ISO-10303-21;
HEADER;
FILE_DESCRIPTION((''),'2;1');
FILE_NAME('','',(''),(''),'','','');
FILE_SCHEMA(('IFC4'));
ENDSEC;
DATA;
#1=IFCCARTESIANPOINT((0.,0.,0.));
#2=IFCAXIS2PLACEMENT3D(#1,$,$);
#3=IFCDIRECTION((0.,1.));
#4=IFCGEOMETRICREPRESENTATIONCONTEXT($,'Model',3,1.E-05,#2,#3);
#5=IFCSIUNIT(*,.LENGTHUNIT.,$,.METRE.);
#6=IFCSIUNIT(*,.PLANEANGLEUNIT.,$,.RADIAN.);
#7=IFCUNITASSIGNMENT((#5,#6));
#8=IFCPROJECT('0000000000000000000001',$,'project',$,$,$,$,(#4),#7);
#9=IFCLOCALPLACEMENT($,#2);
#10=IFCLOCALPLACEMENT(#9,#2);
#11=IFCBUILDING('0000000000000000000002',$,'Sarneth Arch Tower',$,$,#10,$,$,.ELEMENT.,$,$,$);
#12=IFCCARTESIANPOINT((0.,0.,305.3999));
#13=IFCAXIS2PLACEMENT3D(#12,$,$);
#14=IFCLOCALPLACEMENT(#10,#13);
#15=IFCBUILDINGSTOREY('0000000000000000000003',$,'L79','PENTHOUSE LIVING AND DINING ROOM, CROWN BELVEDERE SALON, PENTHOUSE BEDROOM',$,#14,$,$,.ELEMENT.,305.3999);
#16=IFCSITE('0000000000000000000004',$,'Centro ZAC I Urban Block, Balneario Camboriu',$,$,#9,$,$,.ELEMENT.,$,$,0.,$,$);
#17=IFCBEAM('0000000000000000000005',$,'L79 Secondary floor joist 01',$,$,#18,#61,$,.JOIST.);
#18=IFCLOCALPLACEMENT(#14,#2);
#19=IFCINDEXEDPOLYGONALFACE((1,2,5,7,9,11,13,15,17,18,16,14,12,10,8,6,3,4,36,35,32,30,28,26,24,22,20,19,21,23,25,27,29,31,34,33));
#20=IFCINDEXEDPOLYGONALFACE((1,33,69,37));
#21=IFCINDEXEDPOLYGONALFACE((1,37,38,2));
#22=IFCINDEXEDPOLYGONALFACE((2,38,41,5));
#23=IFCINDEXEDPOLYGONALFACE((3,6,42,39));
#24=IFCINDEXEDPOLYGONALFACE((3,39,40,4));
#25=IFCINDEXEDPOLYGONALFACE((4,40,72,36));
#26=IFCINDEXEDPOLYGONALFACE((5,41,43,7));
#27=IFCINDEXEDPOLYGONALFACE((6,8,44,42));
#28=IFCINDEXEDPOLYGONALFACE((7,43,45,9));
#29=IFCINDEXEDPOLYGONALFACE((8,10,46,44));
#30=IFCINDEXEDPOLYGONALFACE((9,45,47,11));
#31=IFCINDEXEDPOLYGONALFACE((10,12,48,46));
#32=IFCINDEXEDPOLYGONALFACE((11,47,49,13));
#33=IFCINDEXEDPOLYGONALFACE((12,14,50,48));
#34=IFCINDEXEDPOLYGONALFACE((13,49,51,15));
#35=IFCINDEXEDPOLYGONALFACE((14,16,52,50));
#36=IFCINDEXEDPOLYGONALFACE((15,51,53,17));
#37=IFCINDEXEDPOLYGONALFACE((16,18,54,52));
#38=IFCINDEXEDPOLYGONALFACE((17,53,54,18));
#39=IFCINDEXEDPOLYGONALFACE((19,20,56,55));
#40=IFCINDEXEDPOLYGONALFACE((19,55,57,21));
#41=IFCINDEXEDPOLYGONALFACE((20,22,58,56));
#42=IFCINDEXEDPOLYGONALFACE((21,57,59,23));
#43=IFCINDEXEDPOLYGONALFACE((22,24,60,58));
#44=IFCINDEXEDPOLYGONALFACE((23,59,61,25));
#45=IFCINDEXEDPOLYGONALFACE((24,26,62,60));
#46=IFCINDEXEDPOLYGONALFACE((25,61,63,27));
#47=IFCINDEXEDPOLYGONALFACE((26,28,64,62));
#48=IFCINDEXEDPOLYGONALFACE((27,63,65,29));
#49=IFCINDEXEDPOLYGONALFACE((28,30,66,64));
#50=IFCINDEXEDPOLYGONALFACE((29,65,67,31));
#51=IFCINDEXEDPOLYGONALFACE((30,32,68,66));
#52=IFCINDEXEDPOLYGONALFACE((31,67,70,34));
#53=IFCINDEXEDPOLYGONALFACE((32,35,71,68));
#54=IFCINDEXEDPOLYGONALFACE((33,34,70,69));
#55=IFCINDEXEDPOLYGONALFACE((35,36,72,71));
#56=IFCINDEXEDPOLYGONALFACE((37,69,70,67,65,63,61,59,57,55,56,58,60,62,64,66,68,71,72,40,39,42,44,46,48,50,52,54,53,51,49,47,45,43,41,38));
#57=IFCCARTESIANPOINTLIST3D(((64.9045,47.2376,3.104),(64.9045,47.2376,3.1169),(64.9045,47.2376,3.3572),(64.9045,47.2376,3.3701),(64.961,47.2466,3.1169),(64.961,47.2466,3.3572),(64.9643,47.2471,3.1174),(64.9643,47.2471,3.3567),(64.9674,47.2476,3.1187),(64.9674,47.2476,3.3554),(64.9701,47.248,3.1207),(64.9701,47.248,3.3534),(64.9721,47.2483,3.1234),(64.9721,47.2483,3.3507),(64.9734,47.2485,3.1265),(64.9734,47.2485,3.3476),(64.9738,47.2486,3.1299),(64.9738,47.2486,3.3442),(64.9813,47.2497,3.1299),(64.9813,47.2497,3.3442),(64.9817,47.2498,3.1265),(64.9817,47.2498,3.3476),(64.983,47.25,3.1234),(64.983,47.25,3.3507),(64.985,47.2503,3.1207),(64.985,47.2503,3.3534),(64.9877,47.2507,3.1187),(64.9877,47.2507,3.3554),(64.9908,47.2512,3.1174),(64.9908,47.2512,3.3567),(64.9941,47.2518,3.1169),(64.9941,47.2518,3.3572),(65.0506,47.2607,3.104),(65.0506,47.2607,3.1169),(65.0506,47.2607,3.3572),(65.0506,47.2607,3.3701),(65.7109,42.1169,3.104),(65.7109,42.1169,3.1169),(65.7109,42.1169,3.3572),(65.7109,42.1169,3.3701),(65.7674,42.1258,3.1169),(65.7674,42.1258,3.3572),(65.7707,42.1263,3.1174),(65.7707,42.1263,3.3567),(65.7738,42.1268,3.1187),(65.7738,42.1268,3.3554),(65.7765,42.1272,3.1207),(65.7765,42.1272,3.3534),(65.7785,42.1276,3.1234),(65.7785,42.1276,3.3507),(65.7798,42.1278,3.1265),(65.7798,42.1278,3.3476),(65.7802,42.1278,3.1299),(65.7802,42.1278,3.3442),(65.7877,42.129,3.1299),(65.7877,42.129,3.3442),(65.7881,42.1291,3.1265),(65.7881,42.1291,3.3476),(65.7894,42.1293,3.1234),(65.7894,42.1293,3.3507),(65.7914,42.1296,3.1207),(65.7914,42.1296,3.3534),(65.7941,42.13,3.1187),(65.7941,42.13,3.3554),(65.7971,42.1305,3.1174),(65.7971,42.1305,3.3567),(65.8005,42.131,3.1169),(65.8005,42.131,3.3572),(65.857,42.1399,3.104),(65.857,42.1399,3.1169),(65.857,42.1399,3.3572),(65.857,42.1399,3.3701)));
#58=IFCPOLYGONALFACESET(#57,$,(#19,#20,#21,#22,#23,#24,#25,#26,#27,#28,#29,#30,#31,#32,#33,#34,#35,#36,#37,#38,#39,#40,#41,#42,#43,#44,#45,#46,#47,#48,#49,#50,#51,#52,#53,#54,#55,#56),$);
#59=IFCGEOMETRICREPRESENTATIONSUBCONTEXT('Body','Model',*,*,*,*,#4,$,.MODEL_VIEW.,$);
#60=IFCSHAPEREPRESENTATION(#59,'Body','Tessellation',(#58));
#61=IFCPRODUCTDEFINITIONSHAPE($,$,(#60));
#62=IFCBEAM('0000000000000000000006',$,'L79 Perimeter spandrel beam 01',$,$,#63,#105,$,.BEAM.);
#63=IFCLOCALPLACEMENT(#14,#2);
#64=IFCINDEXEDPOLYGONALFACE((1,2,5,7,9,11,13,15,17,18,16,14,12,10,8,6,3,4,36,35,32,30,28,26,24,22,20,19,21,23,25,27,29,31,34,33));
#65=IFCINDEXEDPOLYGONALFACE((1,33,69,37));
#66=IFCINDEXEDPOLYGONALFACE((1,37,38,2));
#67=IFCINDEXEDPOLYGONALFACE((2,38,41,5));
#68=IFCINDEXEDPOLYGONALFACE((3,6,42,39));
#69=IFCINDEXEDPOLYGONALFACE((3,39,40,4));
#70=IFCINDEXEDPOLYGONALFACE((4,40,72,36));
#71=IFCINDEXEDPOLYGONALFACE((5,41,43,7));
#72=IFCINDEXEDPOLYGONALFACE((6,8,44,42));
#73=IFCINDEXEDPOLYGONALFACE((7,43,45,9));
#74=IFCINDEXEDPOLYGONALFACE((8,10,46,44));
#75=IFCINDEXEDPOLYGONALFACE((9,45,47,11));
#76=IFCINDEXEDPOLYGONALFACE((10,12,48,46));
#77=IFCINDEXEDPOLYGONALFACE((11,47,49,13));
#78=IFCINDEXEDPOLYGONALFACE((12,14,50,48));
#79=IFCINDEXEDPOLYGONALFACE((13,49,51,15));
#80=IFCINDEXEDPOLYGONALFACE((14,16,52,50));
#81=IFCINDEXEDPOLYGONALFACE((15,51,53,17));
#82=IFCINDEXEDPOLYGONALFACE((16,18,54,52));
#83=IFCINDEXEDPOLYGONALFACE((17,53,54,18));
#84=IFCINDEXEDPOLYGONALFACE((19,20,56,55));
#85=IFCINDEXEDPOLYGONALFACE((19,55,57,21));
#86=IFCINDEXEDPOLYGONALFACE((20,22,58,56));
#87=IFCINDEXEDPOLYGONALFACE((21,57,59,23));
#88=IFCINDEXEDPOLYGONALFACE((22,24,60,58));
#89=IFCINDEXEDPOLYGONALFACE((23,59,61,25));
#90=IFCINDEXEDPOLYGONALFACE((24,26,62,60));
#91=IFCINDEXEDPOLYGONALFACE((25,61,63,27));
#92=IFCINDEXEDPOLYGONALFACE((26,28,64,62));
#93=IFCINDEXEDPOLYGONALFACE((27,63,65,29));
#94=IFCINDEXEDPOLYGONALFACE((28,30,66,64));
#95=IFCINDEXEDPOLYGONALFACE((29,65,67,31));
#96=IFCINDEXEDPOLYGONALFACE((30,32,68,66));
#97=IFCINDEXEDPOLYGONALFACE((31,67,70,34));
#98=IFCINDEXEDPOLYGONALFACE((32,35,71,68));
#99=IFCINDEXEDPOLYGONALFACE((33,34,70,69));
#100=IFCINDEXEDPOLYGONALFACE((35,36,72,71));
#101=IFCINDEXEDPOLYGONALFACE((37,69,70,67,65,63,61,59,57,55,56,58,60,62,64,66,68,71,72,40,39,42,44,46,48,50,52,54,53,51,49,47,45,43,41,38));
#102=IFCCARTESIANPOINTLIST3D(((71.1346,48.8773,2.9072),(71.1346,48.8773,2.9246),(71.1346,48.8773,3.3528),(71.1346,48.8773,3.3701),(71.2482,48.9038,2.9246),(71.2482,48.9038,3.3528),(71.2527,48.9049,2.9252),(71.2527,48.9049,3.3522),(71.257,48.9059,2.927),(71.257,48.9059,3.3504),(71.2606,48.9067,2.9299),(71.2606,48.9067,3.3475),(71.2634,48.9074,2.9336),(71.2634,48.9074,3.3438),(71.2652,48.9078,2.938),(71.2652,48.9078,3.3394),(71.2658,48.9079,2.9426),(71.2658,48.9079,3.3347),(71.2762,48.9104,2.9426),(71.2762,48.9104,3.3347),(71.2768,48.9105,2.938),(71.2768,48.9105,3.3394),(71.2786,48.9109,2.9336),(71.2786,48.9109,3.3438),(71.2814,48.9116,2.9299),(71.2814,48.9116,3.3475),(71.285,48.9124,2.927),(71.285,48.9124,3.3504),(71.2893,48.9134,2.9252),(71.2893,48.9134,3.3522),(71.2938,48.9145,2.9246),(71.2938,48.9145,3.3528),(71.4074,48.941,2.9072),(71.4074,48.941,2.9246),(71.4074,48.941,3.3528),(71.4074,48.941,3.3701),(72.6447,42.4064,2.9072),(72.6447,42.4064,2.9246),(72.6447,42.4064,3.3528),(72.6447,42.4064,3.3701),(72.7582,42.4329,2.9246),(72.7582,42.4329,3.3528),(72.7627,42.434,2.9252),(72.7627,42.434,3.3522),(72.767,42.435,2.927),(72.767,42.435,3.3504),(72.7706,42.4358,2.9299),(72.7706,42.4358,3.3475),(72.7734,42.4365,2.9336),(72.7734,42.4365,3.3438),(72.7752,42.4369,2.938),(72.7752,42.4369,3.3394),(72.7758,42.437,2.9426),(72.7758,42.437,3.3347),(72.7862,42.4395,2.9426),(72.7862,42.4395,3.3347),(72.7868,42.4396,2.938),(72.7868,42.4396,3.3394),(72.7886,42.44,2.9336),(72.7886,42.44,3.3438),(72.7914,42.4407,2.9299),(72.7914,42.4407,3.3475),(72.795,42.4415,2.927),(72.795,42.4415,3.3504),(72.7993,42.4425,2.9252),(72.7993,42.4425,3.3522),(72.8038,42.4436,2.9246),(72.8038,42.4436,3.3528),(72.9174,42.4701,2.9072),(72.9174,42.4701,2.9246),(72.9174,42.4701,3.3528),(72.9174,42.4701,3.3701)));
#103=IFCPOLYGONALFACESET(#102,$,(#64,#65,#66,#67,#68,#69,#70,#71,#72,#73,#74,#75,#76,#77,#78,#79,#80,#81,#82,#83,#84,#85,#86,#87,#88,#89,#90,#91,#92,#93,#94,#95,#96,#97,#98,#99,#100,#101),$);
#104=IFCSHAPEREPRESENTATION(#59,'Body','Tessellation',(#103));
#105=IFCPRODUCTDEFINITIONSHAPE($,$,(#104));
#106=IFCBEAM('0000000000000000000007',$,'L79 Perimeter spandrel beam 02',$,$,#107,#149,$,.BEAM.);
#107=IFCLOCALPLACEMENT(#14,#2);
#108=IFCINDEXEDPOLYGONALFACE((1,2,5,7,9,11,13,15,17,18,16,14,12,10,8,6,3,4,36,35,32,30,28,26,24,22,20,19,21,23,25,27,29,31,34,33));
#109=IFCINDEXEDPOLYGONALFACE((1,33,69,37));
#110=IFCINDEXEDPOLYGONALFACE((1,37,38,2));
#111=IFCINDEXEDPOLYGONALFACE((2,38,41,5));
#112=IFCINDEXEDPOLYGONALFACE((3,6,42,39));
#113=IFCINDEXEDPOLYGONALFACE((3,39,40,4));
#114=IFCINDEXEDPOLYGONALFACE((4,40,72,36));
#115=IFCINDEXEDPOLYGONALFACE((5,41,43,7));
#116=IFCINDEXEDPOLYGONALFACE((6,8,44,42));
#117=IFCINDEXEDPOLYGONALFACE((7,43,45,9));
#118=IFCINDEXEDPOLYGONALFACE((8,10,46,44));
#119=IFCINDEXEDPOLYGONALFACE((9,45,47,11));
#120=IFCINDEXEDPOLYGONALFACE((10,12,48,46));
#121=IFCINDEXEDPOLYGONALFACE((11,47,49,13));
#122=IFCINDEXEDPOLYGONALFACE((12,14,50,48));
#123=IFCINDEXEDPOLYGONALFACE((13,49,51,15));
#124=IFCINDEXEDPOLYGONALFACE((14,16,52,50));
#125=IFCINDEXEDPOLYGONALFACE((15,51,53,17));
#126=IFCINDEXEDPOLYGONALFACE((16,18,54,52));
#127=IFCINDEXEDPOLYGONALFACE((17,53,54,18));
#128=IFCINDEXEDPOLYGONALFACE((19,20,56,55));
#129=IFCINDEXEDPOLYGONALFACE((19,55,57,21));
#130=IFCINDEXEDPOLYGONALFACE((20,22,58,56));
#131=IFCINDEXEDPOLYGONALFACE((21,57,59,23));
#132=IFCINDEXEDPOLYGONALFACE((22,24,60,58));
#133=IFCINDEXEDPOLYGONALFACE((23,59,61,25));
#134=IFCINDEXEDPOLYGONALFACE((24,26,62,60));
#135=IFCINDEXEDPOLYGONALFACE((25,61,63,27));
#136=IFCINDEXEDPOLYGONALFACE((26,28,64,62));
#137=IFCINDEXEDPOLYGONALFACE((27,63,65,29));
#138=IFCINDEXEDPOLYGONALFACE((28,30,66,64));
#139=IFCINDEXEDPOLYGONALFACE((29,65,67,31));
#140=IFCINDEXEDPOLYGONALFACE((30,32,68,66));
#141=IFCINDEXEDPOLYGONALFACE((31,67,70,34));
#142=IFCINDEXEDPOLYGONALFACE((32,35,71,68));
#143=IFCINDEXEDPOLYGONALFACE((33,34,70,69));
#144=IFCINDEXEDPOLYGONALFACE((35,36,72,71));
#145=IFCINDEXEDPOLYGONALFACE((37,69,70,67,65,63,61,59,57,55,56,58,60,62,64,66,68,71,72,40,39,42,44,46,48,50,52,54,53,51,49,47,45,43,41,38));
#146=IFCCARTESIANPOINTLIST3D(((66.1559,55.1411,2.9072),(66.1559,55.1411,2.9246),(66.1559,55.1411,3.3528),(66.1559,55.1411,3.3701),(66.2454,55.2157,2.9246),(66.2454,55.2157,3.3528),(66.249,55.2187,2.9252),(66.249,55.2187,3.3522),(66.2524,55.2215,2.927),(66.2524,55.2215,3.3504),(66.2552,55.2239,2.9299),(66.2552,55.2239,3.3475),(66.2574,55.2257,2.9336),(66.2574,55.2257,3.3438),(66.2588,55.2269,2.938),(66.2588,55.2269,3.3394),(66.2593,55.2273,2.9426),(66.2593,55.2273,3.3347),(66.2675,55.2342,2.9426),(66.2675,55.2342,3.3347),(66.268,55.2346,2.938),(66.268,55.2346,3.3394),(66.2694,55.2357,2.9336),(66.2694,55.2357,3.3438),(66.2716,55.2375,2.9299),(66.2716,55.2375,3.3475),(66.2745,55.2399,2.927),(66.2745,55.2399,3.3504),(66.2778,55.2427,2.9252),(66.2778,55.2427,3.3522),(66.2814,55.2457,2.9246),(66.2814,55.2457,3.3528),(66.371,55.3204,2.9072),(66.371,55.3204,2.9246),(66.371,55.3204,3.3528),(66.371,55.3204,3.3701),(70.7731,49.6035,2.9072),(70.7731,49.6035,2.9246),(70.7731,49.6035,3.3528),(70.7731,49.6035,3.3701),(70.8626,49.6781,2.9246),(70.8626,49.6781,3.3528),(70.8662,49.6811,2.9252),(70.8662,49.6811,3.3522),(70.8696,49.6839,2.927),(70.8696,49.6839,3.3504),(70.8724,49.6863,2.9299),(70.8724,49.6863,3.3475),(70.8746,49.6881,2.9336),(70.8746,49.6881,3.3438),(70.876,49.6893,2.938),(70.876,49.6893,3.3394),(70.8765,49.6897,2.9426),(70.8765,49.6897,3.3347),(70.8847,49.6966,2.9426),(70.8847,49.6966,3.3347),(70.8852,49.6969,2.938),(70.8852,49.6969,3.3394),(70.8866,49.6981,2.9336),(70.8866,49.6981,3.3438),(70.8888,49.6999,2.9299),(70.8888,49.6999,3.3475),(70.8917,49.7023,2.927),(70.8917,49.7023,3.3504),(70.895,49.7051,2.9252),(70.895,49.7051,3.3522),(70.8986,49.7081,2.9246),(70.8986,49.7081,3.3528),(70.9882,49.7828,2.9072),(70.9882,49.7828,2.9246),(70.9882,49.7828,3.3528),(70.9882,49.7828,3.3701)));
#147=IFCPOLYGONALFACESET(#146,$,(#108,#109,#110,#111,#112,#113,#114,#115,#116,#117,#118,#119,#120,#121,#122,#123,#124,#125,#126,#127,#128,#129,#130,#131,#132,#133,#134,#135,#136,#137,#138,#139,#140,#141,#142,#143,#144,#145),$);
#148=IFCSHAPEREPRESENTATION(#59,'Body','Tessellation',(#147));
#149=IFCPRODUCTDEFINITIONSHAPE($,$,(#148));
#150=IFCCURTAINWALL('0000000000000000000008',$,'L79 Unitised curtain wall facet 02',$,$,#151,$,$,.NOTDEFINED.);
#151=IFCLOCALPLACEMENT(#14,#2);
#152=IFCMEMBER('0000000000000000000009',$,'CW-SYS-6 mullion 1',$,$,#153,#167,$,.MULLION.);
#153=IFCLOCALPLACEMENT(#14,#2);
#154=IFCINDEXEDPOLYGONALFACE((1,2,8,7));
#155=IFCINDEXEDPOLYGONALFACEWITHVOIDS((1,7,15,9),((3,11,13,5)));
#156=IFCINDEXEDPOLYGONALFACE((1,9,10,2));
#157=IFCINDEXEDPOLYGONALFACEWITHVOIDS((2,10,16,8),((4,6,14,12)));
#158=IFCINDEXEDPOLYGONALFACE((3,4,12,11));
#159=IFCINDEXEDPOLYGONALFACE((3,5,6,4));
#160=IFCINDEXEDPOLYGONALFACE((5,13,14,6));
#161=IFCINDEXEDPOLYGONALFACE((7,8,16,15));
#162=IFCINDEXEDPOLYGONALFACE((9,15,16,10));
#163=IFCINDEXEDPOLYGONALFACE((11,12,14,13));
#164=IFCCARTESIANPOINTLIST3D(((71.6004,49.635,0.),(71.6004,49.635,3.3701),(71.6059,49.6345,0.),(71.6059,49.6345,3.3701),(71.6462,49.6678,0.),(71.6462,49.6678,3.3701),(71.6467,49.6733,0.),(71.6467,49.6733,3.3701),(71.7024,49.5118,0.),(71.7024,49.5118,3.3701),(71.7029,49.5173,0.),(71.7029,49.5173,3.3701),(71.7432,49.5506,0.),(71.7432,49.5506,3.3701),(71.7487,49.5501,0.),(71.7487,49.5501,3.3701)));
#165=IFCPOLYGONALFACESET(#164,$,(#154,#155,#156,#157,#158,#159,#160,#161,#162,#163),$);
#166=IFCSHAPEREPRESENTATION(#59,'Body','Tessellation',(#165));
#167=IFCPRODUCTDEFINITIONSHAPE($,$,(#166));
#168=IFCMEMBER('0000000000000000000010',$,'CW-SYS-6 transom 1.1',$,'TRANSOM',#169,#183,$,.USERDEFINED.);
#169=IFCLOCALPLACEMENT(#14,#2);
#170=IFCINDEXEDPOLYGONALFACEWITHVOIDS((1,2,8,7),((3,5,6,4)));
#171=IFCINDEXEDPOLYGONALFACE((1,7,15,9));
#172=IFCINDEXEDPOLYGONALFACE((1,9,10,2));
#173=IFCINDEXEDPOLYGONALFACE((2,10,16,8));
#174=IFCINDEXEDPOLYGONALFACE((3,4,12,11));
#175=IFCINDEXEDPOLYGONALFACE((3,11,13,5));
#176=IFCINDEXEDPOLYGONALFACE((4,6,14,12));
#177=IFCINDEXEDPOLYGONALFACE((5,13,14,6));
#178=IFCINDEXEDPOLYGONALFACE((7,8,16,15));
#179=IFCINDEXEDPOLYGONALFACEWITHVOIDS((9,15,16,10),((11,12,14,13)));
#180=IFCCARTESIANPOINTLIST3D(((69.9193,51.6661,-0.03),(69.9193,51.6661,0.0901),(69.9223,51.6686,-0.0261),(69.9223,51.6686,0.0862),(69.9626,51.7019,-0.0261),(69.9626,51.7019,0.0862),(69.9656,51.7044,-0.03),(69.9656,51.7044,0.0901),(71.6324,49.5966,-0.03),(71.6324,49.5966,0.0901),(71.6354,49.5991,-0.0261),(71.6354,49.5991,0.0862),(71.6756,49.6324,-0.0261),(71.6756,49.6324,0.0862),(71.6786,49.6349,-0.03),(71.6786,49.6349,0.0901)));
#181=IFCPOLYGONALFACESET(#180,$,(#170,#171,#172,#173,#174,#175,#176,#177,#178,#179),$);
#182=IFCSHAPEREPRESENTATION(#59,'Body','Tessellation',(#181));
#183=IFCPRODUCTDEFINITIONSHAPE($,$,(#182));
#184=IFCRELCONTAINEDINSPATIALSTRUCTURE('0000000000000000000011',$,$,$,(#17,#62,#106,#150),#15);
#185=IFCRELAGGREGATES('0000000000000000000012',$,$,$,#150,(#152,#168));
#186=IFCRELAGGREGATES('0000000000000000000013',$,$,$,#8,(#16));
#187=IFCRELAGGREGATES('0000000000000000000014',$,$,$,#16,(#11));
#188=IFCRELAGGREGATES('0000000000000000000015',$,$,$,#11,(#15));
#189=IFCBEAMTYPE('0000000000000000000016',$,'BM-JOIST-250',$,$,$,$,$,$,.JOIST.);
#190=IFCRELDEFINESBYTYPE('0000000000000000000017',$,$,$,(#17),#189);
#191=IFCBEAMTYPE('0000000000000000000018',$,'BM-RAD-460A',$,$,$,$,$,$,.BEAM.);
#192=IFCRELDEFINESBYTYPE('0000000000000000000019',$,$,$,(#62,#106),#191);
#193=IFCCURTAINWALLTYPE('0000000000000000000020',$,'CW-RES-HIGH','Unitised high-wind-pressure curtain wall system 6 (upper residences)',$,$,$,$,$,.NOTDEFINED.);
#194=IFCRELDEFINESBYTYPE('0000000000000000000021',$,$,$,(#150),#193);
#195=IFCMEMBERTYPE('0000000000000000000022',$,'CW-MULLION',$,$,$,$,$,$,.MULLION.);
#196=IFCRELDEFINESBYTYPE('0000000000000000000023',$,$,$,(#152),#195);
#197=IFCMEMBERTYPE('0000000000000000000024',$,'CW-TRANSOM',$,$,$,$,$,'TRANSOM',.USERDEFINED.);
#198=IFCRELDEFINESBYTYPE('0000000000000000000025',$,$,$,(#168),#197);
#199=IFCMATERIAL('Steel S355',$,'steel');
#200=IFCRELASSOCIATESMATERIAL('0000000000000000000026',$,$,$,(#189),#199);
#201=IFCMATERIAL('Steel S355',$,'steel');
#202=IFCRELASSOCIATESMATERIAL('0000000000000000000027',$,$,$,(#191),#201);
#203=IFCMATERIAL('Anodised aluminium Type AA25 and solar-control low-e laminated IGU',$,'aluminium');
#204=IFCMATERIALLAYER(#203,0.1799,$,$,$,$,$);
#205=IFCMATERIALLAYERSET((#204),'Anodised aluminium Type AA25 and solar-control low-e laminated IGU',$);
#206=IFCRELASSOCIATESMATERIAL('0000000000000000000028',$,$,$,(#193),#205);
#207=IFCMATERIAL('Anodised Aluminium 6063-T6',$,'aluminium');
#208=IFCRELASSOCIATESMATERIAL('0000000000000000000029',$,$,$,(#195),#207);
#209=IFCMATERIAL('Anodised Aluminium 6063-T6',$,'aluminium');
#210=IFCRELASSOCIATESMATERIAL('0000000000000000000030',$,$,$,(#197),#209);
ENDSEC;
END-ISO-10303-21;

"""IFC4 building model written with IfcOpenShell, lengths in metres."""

from ifc_helpers import new_model, si_unit, direction, frame, origin, origin_2d, place, context, subcontext, project, spatial, hollow_rectangle, i_section, extrude, material, layer, layer_set, material_profile, profile_set, type_object, element, aggregate, save


model = new_model("IFC4")

# Units and contexts
model_context = context("Model", 3, precision=1e-05, world=origin(), true_north=direction((0.0, 1.0)))
body_context = subcontext(model_context, "Body", "Model", "MODEL_VIEW")
ifc_project = project(units=[si_unit("LENGTHUNIT", "METRE"), si_unit("PLANEANGLEUNIT", "RADIAN")], contexts=[model_context])

# Site, building, storey
site_placement = place(None, origin())
site = spatial("IfcSite", under=ifc_project, at=site_placement, Name="Centro ZAC I Urban Block, Balneario Camboriu", CompositionType="ELEMENT", RefElevation=0.0)
building_placement = place(site_placement, origin())
building = spatial("IfcBuilding", under=site, at=building_placement, Name="Sarneth Arch Tower", CompositionType="ELEMENT")
storey_placement = place(building_placement, frame((0.0, 0.0, 305.3999)))
storey = spatial("IfcBuildingStorey", under=building, at=storey_placement, Name="L79", Description="PENTHOUSE LIVING AND DINING ROOM, CROWN BELVEDERE SALON, PENTHOUSE BEDROOM", CompositionType="ELEMENT", Elevation=305.3999)

# Beams
ifc_material_1 = material(Name="Steel S355", Category="steel")
ifc_material_profile_1 = material_profile(ifc_material_1, i_section(OverallWidth=0.1479, OverallDepth=0.2661, WebThickness=0.0076, FlangeThickness=0.0129, FilletRadius=0.0129, at=origin_2d()), Name="W250x44.8")
ifc_profile_set_1 = profile_set([ifc_material_profile_1], Name="Steel S355")
beam_type_1 = type_object("IfcBeamType", Name="BM-JOIST-250", PredefinedType="JOIST", material=ifc_profile_set_1)
beam_1_placement = place(storey_placement, frame((65.7839, 42.1284, 3.2371), z_axis=(-0.155556, 0.987827, 0.0), x_axis=(-0.987827, -0.155556, 0.0)))
element("IfcBeam", 1, at=beam_1_placement, inside=storey, type_object=beam_type_1, Name="L79 Secondary floor joist 01", PredefinedType="JOIST", context=body_context, shape_type="SweptSolid", body=[
    extrude(i_section(OverallWidth=0.1479, OverallDepth=0.2661, WebThickness=0.0076, FlangeThickness=0.0129, FilletRadius=0.0129, at=origin_2d()), origin(), (0.0, 0.0, 1.0), 5.1838),
])
ifc_material_2 = material(Name="Steel S355", Category="steel")
ifc_material_profile_2 = material_profile(ifc_material_2, i_section(OverallWidth=0.28, OverallDepth=0.4629, WebThickness=0.0107, FlangeThickness=0.0173, FilletRadius=0.0181, at=origin_2d()), Name="W460x113")
ifc_profile_set_2 = profile_set([ifc_material_profile_2], Name="Steel S355")
beam_type_2 = type_object("IfcBeamType", Name="BM-RAD-460A", PredefinedType="BEAM", material=ifc_profile_set_2)
beam_2_placement = place(storey_placement, frame((72.781, 42.4382, 3.1387), z_axis=(-0.227247, 0.973837, 0.0), x_axis=(-0.973837, -0.227247, 0.0)))
element("IfcBeam", 2, at=beam_2_placement, inside=storey, type_object=beam_type_2, Name="L79 Perimeter spandrel beam 01", PredefinedType="BEAM", context=body_context, shape_type="SweptSolid", body=[
    extrude(i_section(OverallWidth=0.28, OverallDepth=0.4629, WebThickness=0.0107, FlangeThickness=0.0173, FilletRadius=0.0181, at=origin_2d()), origin(), (0.0, 0.0, 1.0), 6.6448),
])
beam_3_placement = place(storey_placement, frame((70.8806, 49.6931, 3.1387), z_axis=(-0.640391, 0.768049, 0.0), x_axis=(-0.768049, -0.640391, 0.0)))
element("IfcBeam", 3, at=beam_3_placement, inside=storey, type_object=beam_type_2, Name="L79 Perimeter spandrel beam 02", PredefinedType="BEAM", context=body_context, shape_type="SweptSolid", body=[
    extrude(i_section(OverallWidth=0.28, OverallDepth=0.4629, WebThickness=0.0107, FlangeThickness=0.0173, FilletRadius=0.0181, at=origin_2d()), origin(), (0.0, 0.0, 1.0), 7.21),
])

# Curtain wall, members
ifc_material_3 = material(Name="Anodised aluminium Type AA25 and solar-control low-e laminated IGU", Category="aluminium")
ifc_layer_1 = layer(ifc_material_3, 0.1799)
ifc_layer_set_1 = layer_set([ifc_layer_1], Name="Anodised aluminium Type AA25 and solar-control low-e laminated IGU")
curtain_wall_type = type_object("IfcCurtainWallType", Name="CW-RES-HIGH", Description="Unitised high-wind-pressure curtain wall system 6 (upper residences)", PredefinedType="NOTDEFINED", material=ifc_layer_set_1)
curtain_wall_placement = place(storey_placement, origin())
curtain_wall = element("IfcCurtainWall", 4, at=curtain_wall_placement, inside=storey, type_object=curtain_wall_type, Name="L79 Unitised curtain wall facet 02", PredefinedType="NOTDEFINED")
ifc_material_4 = material(Name="Anodised Aluminium 6063-T6", Category="aluminium")
ifc_material_profile_3 = material_profile(ifc_material_4, hollow_rectangle(XDim=0.0601, YDim=0.1599, WallThickness=0.0039, at=origin_2d()), Name="AL-MULL-160x60x4")
ifc_profile_set_3 = profile_set([ifc_material_profile_3], Name="Anodised Aluminium 6063-T6")
member_type_1 = type_object("IfcMemberType", Name="CW-MULLION", PredefinedType="MULLION", material=ifc_profile_set_3)
member_1_placement = place(storey_placement, frame((71.6746, 49.5925, 0.0), z_axis=(0.0, 0.0, 1.0), x_axis=(-0.770359, -0.63761, 0.0)))
member_1 = element("IfcMember", 5, at=member_1_placement, type_object=member_type_1, Name="CW-SYS-6 mullion 1", PredefinedType="MULLION", context=body_context, shape_type="SweptSolid", body=[
    extrude(hollow_rectangle(XDim=0.0601, YDim=0.1599, WallThickness=0.0039, at=origin_2d()), origin(), (0.0, 0.0, 1.0), 3.3701),
])
ifc_material_5 = material(Name="Anodised Aluminium 6063-T6", Category="aluminium")
ifc_material_profile_4 = material_profile(ifc_material_5, hollow_rectangle(XDim=0.0601, YDim=0.1201, WallThickness=0.0039, at=origin_2d()), Name="AL-TRAN-120x60x4")
ifc_profile_set_4 = profile_set([ifc_material_profile_4], Name="Anodised Aluminium 6063-T6")
member_type_2 = type_object("IfcMemberType", Name="CW-TRANSOM", ElementType="TRANSOM", PredefinedType="USERDEFINED", material=ifc_profile_set_4)
member_2_placement = place(storey_placement, frame((71.6555, 49.6157, 0.03), z_axis=(-0.637651, 0.770325, 0.0), x_axis=(-0.770325, -0.637651, 0.0)))
member_2 = element("IfcMember", 6, at=member_2_placement, type_object=member_type_2, Name="CW-SYS-6 transom 1.1", ObjectType="TRANSOM", PredefinedType="USERDEFINED", context=body_context, shape_type="SweptSolid", body=[
    extrude(hollow_rectangle(XDim=0.0601, YDim=0.1201, WallThickness=0.0039, at=origin_2d()), origin(), (0.0, 0.0, 1.0), 2.6865),
])

aggregate(curtain_wall, [member_1, member_2])

save(model, "model.ifc")
